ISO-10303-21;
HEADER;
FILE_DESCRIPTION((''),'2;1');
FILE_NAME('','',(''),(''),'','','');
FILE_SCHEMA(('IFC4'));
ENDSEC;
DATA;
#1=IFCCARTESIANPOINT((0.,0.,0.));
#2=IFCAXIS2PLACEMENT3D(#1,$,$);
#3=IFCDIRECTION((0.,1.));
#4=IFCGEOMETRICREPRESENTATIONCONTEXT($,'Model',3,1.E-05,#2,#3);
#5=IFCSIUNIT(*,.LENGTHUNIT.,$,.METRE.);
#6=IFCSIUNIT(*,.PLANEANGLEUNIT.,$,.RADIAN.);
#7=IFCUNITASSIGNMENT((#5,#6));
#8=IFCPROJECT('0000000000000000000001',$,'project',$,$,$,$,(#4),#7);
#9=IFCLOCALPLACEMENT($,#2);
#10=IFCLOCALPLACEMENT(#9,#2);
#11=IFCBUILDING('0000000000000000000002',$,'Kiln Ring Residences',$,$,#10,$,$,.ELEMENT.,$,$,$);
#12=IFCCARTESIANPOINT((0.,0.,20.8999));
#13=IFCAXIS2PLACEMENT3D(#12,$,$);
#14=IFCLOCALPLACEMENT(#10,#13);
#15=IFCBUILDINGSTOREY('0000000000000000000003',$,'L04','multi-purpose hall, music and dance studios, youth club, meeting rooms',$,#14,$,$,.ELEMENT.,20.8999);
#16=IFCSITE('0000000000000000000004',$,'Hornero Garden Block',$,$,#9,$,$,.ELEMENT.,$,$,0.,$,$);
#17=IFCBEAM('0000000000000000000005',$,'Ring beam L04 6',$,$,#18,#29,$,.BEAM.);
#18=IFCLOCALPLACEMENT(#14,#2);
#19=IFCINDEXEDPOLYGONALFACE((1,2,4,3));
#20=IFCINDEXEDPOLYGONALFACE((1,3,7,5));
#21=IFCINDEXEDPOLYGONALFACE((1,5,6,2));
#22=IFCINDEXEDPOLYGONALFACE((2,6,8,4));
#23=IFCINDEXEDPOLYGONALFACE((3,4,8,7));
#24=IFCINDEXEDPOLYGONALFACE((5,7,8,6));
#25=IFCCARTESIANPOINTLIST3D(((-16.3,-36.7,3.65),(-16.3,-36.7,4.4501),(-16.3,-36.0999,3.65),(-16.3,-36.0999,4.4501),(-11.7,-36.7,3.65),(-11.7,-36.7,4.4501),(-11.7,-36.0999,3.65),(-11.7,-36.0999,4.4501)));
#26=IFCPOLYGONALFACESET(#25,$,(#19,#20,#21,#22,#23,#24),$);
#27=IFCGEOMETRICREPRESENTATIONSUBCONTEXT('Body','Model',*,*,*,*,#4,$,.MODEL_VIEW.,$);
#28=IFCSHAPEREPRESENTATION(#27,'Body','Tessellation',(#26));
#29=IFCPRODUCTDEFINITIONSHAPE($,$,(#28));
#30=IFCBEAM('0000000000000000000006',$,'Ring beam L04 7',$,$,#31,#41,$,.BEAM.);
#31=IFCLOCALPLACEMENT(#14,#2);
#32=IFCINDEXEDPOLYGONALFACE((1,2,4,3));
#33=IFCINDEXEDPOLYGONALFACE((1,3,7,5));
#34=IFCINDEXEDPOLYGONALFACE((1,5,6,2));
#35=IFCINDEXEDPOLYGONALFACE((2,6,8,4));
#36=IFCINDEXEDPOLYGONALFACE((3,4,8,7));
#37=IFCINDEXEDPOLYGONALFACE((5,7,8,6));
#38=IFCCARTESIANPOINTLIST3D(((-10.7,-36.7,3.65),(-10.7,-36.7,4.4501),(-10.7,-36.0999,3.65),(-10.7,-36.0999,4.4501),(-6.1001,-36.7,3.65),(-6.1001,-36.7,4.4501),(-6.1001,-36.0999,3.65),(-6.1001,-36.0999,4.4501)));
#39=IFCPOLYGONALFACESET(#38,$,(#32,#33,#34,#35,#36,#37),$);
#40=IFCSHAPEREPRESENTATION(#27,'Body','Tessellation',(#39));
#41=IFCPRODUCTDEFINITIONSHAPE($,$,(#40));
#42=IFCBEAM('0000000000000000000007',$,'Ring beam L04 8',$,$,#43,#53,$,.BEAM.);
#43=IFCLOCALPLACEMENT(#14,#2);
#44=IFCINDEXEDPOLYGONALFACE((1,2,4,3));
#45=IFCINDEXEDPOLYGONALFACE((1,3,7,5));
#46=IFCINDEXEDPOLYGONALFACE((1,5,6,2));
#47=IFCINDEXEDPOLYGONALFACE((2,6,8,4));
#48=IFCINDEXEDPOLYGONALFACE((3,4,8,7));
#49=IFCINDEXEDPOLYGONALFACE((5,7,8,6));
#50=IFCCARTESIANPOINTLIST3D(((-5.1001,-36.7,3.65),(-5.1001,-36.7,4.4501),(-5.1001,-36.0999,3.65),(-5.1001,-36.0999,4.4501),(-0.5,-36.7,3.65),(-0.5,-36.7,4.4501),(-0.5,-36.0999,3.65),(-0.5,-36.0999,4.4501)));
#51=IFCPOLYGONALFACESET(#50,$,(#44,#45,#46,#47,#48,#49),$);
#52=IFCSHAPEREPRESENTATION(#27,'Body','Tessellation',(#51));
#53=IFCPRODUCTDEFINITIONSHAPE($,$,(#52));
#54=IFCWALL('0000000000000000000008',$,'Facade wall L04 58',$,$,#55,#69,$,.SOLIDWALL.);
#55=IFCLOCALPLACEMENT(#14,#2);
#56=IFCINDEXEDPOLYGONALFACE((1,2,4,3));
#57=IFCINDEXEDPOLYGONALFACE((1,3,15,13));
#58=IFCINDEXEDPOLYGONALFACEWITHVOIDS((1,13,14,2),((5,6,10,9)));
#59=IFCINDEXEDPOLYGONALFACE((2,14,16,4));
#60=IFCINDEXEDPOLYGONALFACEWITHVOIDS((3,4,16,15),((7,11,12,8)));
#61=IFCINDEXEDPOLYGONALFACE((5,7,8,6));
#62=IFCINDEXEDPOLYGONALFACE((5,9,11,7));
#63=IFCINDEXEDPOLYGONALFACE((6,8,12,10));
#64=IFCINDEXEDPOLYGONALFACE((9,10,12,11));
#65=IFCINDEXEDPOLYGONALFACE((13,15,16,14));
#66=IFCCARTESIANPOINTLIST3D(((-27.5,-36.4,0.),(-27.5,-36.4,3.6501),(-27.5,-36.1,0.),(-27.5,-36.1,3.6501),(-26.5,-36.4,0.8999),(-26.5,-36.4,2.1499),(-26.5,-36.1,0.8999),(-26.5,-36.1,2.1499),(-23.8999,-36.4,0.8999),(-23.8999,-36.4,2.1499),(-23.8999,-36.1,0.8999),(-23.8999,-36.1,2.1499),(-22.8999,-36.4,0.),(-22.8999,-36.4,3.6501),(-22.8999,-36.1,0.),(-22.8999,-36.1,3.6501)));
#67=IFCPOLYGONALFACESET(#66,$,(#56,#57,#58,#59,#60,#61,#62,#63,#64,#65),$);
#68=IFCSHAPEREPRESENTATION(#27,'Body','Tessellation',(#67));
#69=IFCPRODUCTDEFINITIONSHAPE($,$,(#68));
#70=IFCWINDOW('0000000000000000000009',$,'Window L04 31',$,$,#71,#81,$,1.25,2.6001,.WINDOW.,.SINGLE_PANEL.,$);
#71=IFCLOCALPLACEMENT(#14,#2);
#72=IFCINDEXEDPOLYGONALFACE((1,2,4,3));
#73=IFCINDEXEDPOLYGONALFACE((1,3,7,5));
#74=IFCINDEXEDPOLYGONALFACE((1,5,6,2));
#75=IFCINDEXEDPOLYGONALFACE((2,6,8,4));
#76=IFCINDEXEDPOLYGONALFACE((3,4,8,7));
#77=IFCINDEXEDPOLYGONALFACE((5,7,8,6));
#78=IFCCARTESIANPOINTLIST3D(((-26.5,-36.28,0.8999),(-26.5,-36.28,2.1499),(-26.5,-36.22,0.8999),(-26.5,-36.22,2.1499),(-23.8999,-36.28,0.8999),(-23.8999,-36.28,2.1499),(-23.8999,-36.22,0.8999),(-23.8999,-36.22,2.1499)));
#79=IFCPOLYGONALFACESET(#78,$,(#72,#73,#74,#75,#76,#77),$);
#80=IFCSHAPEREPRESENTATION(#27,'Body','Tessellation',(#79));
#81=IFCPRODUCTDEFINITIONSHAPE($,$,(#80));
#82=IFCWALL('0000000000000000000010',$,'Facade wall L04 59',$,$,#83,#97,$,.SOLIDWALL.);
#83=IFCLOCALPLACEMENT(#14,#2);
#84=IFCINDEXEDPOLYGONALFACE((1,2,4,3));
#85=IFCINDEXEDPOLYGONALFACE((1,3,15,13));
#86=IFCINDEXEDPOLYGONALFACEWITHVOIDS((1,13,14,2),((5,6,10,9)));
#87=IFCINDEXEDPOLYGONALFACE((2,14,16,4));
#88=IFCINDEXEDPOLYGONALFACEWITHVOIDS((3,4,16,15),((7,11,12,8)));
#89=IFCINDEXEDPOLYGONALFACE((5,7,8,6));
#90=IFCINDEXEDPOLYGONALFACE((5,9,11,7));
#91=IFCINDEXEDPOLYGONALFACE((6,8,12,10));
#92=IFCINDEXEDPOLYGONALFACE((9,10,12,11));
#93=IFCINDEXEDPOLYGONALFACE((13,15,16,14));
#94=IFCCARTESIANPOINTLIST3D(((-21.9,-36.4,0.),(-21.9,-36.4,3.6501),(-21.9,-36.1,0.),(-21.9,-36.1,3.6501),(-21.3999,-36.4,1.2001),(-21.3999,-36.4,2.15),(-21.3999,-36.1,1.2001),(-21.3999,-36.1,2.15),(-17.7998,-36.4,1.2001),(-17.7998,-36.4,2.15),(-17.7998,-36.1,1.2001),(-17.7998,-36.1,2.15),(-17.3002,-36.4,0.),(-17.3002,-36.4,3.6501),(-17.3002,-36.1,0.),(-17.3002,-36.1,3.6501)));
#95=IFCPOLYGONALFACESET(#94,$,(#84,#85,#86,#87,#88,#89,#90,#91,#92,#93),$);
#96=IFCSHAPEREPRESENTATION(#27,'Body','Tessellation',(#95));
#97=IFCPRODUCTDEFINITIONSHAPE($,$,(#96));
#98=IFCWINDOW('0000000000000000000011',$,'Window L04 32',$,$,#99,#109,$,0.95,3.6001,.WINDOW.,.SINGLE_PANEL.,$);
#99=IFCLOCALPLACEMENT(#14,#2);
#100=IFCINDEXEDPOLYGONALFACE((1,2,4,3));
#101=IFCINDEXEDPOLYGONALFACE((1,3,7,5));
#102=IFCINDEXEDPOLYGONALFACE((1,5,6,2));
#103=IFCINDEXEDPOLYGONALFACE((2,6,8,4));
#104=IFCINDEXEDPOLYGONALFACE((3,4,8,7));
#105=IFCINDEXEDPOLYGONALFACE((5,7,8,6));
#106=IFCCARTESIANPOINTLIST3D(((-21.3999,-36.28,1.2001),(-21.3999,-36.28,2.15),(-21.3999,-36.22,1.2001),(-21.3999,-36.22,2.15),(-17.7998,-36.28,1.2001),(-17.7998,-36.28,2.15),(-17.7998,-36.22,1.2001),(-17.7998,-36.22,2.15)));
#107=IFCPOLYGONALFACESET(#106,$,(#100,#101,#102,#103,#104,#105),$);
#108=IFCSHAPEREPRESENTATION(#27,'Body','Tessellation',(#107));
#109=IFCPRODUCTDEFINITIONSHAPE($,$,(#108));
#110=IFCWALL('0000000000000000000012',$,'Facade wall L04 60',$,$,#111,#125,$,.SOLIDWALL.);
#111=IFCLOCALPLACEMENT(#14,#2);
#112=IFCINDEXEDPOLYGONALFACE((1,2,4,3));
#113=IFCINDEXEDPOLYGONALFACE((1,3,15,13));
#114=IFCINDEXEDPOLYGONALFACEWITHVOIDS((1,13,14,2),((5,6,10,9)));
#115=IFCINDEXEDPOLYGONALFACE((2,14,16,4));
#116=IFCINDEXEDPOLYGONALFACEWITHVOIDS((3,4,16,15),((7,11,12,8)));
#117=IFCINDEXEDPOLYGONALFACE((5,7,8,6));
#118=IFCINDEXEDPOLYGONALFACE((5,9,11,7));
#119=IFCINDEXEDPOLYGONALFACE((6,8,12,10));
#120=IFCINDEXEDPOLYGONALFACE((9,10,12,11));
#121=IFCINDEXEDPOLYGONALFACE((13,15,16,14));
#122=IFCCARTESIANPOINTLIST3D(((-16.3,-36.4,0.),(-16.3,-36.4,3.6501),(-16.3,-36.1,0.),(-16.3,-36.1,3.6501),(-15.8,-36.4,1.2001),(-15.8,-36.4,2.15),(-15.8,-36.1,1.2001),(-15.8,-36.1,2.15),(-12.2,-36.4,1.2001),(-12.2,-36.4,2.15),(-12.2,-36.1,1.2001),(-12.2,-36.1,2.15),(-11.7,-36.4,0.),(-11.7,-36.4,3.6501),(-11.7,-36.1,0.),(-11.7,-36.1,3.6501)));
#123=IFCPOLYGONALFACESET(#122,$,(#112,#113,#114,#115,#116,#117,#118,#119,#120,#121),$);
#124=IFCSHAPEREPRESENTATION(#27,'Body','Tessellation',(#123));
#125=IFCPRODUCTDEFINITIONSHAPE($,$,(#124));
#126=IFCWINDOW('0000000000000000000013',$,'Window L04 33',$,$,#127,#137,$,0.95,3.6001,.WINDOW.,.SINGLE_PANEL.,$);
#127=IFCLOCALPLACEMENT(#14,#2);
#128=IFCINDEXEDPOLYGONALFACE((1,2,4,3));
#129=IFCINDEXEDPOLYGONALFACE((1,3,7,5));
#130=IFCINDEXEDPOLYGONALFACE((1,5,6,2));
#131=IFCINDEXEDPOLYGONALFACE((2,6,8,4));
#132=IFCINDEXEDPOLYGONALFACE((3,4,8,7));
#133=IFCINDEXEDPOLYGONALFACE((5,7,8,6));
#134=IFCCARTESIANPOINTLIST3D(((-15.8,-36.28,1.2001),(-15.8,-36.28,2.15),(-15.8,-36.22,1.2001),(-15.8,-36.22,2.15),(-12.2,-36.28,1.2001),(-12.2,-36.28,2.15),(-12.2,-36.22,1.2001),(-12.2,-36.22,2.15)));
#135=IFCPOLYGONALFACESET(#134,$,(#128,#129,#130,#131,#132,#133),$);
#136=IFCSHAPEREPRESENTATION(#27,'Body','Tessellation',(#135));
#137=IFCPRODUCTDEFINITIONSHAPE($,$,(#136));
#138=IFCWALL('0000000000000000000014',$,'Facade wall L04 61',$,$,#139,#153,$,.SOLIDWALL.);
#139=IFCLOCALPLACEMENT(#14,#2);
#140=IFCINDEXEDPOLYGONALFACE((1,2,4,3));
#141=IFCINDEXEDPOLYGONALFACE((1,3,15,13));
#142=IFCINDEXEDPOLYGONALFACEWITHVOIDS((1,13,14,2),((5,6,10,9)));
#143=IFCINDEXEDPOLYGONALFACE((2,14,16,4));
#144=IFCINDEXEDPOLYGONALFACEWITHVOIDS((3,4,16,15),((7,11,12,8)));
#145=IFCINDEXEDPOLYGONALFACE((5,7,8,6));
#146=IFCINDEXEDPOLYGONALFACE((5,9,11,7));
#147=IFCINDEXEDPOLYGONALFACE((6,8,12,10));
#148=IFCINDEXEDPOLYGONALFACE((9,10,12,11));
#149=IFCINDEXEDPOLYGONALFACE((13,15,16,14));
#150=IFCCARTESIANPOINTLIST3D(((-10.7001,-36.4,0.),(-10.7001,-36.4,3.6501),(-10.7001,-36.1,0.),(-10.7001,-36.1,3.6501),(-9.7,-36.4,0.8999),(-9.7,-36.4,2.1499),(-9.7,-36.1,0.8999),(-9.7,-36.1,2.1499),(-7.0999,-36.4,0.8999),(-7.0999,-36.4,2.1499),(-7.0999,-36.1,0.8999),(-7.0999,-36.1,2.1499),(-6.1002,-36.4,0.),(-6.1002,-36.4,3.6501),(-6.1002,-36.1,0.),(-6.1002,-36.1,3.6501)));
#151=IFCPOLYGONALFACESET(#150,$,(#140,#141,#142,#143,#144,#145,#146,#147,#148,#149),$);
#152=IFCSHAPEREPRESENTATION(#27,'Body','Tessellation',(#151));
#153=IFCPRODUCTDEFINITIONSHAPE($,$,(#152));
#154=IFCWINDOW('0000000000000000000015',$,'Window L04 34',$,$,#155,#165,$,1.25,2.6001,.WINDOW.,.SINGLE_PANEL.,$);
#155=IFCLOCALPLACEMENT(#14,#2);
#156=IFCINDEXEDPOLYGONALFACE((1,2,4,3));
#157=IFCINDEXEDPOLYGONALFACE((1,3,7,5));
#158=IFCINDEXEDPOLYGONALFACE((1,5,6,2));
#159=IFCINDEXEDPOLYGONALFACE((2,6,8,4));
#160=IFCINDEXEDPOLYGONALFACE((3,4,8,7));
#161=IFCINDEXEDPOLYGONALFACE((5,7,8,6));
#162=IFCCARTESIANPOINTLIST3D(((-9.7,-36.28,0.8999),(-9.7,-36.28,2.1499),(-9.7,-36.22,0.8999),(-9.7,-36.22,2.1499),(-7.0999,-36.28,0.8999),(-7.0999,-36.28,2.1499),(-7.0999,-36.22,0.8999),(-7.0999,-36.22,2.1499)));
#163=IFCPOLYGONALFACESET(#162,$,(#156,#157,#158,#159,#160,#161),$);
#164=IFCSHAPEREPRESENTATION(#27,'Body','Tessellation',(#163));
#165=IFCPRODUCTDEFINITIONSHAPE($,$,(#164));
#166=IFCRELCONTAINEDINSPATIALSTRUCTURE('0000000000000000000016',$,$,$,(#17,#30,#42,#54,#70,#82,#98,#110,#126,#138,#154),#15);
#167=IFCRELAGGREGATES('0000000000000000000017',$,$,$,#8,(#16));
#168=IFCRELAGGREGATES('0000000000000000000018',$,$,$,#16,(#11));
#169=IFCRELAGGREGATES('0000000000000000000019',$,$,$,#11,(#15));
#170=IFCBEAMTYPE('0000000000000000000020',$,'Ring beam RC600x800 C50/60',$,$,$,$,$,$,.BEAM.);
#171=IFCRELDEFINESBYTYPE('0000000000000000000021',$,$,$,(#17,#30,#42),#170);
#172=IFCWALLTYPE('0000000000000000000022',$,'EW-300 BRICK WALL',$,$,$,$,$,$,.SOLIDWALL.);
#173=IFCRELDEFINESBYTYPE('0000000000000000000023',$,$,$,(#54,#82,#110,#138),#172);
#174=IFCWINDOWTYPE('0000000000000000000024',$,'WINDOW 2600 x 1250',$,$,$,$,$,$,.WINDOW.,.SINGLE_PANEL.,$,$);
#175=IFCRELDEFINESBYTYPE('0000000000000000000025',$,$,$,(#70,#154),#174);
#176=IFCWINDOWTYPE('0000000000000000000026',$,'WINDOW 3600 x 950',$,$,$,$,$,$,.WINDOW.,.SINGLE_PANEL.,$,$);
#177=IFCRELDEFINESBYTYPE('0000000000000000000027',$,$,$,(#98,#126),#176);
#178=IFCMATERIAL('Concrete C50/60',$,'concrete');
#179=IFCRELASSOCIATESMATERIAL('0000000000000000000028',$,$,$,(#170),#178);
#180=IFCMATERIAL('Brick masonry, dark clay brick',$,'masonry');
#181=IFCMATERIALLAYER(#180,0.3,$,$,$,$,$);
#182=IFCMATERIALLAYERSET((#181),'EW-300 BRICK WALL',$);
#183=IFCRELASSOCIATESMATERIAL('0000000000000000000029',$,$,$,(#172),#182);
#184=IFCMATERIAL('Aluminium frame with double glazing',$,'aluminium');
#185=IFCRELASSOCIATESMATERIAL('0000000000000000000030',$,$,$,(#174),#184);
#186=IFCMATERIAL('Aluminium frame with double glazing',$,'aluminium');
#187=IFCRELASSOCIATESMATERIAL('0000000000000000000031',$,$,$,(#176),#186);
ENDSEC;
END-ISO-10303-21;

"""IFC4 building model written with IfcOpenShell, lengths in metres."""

from ifc_helpers import new_model, si_unit, direction, frame, frame_2d, origin, origin_2d, place, context, subcontext, project, spatial, rectangle, extrude, material, layer, layer_set, material_profile, profile_set, type_object, element, fill, save


model = new_model("IFC4")

# Units and contexts
model_context = context("Model", 3, precision=1e-05, world=origin(), true_north=direction((0.0, 1.0)))
body_context = subcontext(model_context, "Body", "Model", "MODEL_VIEW")
ifc_project = project(units=[si_unit("LENGTHUNIT", "METRE"), si_unit("PLANEANGLEUNIT", "RADIAN")], contexts=[model_context])

# Site, building, storey
site_placement = place(None, origin())
site = spatial("IfcSite", under=ifc_project, at=site_placement, Name="Hornero Garden Block", CompositionType="ELEMENT", RefElevation=0.0)
building_placement = place(site_placement, origin())
building = spatial("IfcBuilding", under=site, at=building_placement, Name="Kiln Ring Residences", CompositionType="ELEMENT")
storey_placement = place(building_placement, frame((0.0, 0.0, 20.8999)))
storey = spatial("IfcBuildingStorey", under=building, at=storey_placement, Name="L04", Description="multi-purpose hall, music and dance studios, youth club, meeting rooms", CompositionType="ELEMENT", Elevation=20.8999)

# Beams
ifc_material_1 = material(Name="Concrete C50/60", Category="concrete")
ifc_material_profile_1 = material_profile(ifc_material_1, rectangle(XDim=0.6001, YDim=0.8, at=origin_2d()), Name="RC600x800")
ifc_profile_set_1 = profile_set([ifc_material_profile_1], Name="Concrete C50/60")
beam_type = type_object("IfcBeamType", Name="Ring beam RC600x800 C50/60", PredefinedType="BEAM", material=ifc_profile_set_1)
beam_1_placement = place(storey_placement, frame((-16.3, -36.3999, 4.05), z_axis=(1.0, 0.0, 0.0), x_axis=(0.0, 1.0, 0.0)))
element("IfcBeam", 1, at=beam_1_placement, inside=storey, type_object=beam_type, Name="Ring beam L04 6", PredefinedType="BEAM", context=body_context, shape_type="SweptSolid", body=[
    extrude(rectangle(XDim=0.6001, YDim=0.8, at=origin_2d()), origin(), (0.0, 0.0, 1.0), 4.6001),
])
beam_2_placement = place(storey_placement, frame((-10.7, -36.3999, 4.05), z_axis=(1.0, 0.0, 0.0), x_axis=(0.0, 1.0, 0.0)))
element("IfcBeam", 2, at=beam_2_placement, inside=storey, type_object=beam_type, Name="Ring beam L04 7", PredefinedType="BEAM", context=body_context, shape_type="SweptSolid", body=[
    extrude(rectangle(XDim=0.6001, YDim=0.8, at=origin_2d()), origin(), (0.0, 0.0, 1.0), 4.5999),
])
beam_3_placement = place(storey_placement, frame((-5.1001, -36.3999, 4.05), z_axis=(1.0, 0.0, 0.0), x_axis=(0.0, 1.0, 0.0)))
element("IfcBeam", 3, at=beam_3_placement, inside=storey, type_object=beam_type, Name="Ring beam L04 8", PredefinedType="BEAM", context=body_context, shape_type="SweptSolid", body=[
    extrude(rectangle(XDim=0.6001, YDim=0.8, at=origin_2d()), origin(), (0.0, 0.0, 1.0), 4.6001),
])

# Walls, openings, windows
ifc_material_2 = material(Name="Brick masonry, dark clay brick", Category="masonry")
ifc_layer_1 = layer(ifc_material_2, 0.3)
ifc_layer_set_1 = layer_set([ifc_layer_1], Name="EW-300 BRICK WALL")
wall_type_1 = type_object("IfcWallType", Name="EW-300 BRICK WALL", PredefinedType="SOLIDWALL", material=ifc_layer_set_1)
wall_1_placement = place(storey_placement, frame((-27.5, -36.25, 0.0), z_axis=(0.0, 0.0, 1.0), x_axis=(1.0, 0.0, 0.0)))
wall_1 = element("IfcWall", 4, at=wall_1_placement, inside=storey, type_object=wall_type_1, Name="Facade wall L04 58", PredefinedType="SOLIDWALL", context=body_context, shape_type="SweptSolid", body=[
    extrude(rectangle(XDim=4.6001, YDim=0.3, at=frame_2d((2.3, 0.0))), origin(), (0.0, 0.0, 1.0), 3.6501),
])
opening_1_placement = place(wall_1_placement, frame((1.0, 0.0, 0.8999)))
opening_1 = element("IfcOpeningElement", 5, at=opening_1_placement, cuts=wall_1, PredefinedType="OPENING", context=body_context, shape_type="SweptSolid", body=[
    extrude(rectangle(XDim=2.6001, YDim=1.25, at=frame_2d((1.3, 0.625))), frame((0.0, 0.1599, 0.0), z_axis=(0.0, -1.0, 0.0), x_axis=(1.0, 0.0, 0.0)), (0.0, 0.0, 1.0), 0.3201),
])
ifc_material_3 = material(Name="Aluminium frame with double glazing", Category="aluminium")
window_type_1 = type_object("IfcWindowType", Name="WINDOW 2600 x 1250", PartitioningType="SINGLE_PANEL", PredefinedType="WINDOW", material=ifc_material_3)
window_1_placement = place(opening_1_placement, origin())
window_1 = element("IfcWindow", 6, at=window_1_placement, inside=storey, type_object=window_type_1, Name="Window L04 31", OverallHeight=1.25, OverallWidth=2.6001, PartitioningType="SINGLE_PANEL", PredefinedType="WINDOW", context=body_context, shape_type="SweptSolid", body=[
    extrude(rectangle(XDim=2.6001, YDim=1.25, at=frame_2d((1.3, 0.625))), frame((0.0, 0.03, 0.0), z_axis=(0.0, -1.0, 0.0), x_axis=(1.0, 0.0, 0.0)), (0.0, 0.0, 1.0), 0.0601),
])
fill(opening_1, window_1)
wall_2_placement = place(storey_placement, frame((-21.8999, -36.25, 0.0), z_axis=(0.0, 0.0, 1.0), x_axis=(1.0, 0.0, 0.0)))
wall_2 = element("IfcWall", 7, at=wall_2_placement, inside=storey, type_object=wall_type_1, Name="Facade wall L04 59", PredefinedType="SOLIDWALL", context=body_context, shape_type="SweptSolid", body=[
    extrude(rectangle(XDim=4.5999, YDim=0.3, at=frame_2d((2.2998, 0.0))), origin(), (0.0, 0.0, 1.0), 3.6501),
])
opening_2_placement = place(wall_2_placement, frame((0.5, 0.0, 1.2)))
opening_2 = element("IfcOpeningElement", 8, at=opening_2_placement, cuts=wall_2, PredefinedType="OPENING", context=body_context, shape_type="SweptSolid", body=[
    extrude(rectangle(XDim=3.6001, YDim=0.95, at=frame_2d((1.8, 0.4751))), frame((0.0, 0.1599, 0.0), z_axis=(0.0, -1.0, 0.0), x_axis=(1.0, 0.0, 0.0)), (0.0, 0.0, 1.0), 0.3201),
])
ifc_material_4 = material(Name="Aluminium frame with double glazing", Category="aluminium")
window_type_2 = type_object("IfcWindowType", Name="WINDOW 3600 x 950", PartitioningType="SINGLE_PANEL", PredefinedType="WINDOW", material=ifc_material_4)
window_2_placement = place(opening_2_placement, origin())
window_2 = element("IfcWindow", 9, at=window_2_placement, inside=storey, type_object=window_type_2, Name="Window L04 32", OverallHeight=0.95, OverallWidth=3.6001, PartitioningType="SINGLE_PANEL", PredefinedType="WINDOW", context=body_context, shape_type="SweptSolid", body=[
    extrude(rectangle(XDim=3.6001, YDim=0.95, at=frame_2d((1.8, 0.4751))), frame((0.0, 0.03, 0.0), z_axis=(0.0, -1.0, 0.0), x_axis=(1.0, 0.0, 0.0)), (0.0, 0.0, 1.0), 0.0601),
])
fill(opening_2, window_2)
wall_3_placement = place(storey_placement, frame((-16.3, -36.25, 0.0), z_axis=(0.0, 0.0, 1.0), x_axis=(1.0, 0.0, 0.0)))
wall_3 = element("IfcWall", 10, at=wall_3_placement, inside=storey, type_object=wall_type_1, Name="Facade wall L04 60", PredefinedType="SOLIDWALL", context=body_context, shape_type="SweptSolid", body=[
    extrude(rectangle(XDim=4.6001, YDim=0.3, at=frame_2d((2.3, 0.0))), origin(), (0.0, 0.0, 1.0), 3.6501),
])
opening_3_placement = place(wall_3_placement, frame((0.5, 0.0, 1.2)))
opening_3 = element("IfcOpeningElement", 11, at=opening_3_placement, cuts=wall_3, PredefinedType="OPENING", context=body_context, shape_type="SweptSolid", body=[
    extrude(rectangle(XDim=3.6001, YDim=0.95, at=frame_2d((1.8, 0.4751))), frame((0.0, 0.1599, 0.0), z_axis=(0.0, -1.0, 0.0), x_axis=(1.0, 0.0, 0.0)), (0.0, 0.0, 1.0), 0.3201),
])
window_3_placement = place(opening_3_placement, origin())
window_3 = element("IfcWindow", 12, at=window_3_placement, inside=storey, type_object=window_type_2, Name="Window L04 33", OverallHeight=0.95, OverallWidth=3.6001, PartitioningType="SINGLE_PANEL", PredefinedType="WINDOW", context=body_context, shape_type="SweptSolid", body=[
    extrude(rectangle(XDim=3.6001, YDim=0.95, at=frame_2d((1.8, 0.4751))), frame((0.0, 0.03, 0.0), z_axis=(0.0, -1.0, 0.0), x_axis=(1.0, 0.0, 0.0)), (0.0, 0.0, 1.0), 0.0601),
])
fill(opening_3, window_3)
wall_4_placement = place(storey_placement, frame((-10.7, -36.25, 0.0), z_axis=(0.0, 0.0, 1.0), x_axis=(1.0, 0.0, 0.0)))
wall_4 = element("IfcWall", 13, at=wall_4_placement, inside=storey, type_object=wall_type_1, Name="Facade wall L04 61", PredefinedType="SOLIDWALL", context=body_context, shape_type="SweptSolid", body=[
    extrude(rectangle(XDim=4.5999, YDim=0.3, at=frame_2d((2.2998, 0.0))), origin(), (0.0, 0.0, 1.0), 3.6501),
])
opening_4_placement = place(wall_4_placement, frame((1.0, 0.0, 0.8999)))
opening_4 = element("IfcOpeningElement", 14, at=opening_4_placement, cuts=wall_4, PredefinedType="OPENING", context=body_context, shape_type="SweptSolid", body=[
    extrude(rectangle(XDim=2.6001, YDim=1.25, at=frame_2d((1.3, 0.625))), frame((0.0, 0.1599, 0.0), z_axis=(0.0, -1.0, 0.0), x_axis=(1.0, 0.0, 0.0)), (0.0, 0.0, 1.0), 0.3201),
])
window_4_placement = place(opening_4_placement, origin())
window_4 = element("IfcWindow", 15, at=window_4_placement, inside=storey, type_object=window_type_1, Name="Window L04 34", OverallHeight=1.25, OverallWidth=2.6001, PartitioningType="SINGLE_PANEL", PredefinedType="WINDOW", context=body_context, shape_type="SweptSolid", body=[
    extrude(rectangle(XDim=2.6001, YDim=1.25, at=frame_2d((1.3, 0.625))), frame((0.0, 0.03, 0.0), z_axis=(0.0, -1.0, 0.0), x_axis=(1.0, 0.0, 0.0)), (0.0, 0.0, 1.0), 0.0601),
])
fill(opening_4, window_4)

save(model, "model.ifc")
